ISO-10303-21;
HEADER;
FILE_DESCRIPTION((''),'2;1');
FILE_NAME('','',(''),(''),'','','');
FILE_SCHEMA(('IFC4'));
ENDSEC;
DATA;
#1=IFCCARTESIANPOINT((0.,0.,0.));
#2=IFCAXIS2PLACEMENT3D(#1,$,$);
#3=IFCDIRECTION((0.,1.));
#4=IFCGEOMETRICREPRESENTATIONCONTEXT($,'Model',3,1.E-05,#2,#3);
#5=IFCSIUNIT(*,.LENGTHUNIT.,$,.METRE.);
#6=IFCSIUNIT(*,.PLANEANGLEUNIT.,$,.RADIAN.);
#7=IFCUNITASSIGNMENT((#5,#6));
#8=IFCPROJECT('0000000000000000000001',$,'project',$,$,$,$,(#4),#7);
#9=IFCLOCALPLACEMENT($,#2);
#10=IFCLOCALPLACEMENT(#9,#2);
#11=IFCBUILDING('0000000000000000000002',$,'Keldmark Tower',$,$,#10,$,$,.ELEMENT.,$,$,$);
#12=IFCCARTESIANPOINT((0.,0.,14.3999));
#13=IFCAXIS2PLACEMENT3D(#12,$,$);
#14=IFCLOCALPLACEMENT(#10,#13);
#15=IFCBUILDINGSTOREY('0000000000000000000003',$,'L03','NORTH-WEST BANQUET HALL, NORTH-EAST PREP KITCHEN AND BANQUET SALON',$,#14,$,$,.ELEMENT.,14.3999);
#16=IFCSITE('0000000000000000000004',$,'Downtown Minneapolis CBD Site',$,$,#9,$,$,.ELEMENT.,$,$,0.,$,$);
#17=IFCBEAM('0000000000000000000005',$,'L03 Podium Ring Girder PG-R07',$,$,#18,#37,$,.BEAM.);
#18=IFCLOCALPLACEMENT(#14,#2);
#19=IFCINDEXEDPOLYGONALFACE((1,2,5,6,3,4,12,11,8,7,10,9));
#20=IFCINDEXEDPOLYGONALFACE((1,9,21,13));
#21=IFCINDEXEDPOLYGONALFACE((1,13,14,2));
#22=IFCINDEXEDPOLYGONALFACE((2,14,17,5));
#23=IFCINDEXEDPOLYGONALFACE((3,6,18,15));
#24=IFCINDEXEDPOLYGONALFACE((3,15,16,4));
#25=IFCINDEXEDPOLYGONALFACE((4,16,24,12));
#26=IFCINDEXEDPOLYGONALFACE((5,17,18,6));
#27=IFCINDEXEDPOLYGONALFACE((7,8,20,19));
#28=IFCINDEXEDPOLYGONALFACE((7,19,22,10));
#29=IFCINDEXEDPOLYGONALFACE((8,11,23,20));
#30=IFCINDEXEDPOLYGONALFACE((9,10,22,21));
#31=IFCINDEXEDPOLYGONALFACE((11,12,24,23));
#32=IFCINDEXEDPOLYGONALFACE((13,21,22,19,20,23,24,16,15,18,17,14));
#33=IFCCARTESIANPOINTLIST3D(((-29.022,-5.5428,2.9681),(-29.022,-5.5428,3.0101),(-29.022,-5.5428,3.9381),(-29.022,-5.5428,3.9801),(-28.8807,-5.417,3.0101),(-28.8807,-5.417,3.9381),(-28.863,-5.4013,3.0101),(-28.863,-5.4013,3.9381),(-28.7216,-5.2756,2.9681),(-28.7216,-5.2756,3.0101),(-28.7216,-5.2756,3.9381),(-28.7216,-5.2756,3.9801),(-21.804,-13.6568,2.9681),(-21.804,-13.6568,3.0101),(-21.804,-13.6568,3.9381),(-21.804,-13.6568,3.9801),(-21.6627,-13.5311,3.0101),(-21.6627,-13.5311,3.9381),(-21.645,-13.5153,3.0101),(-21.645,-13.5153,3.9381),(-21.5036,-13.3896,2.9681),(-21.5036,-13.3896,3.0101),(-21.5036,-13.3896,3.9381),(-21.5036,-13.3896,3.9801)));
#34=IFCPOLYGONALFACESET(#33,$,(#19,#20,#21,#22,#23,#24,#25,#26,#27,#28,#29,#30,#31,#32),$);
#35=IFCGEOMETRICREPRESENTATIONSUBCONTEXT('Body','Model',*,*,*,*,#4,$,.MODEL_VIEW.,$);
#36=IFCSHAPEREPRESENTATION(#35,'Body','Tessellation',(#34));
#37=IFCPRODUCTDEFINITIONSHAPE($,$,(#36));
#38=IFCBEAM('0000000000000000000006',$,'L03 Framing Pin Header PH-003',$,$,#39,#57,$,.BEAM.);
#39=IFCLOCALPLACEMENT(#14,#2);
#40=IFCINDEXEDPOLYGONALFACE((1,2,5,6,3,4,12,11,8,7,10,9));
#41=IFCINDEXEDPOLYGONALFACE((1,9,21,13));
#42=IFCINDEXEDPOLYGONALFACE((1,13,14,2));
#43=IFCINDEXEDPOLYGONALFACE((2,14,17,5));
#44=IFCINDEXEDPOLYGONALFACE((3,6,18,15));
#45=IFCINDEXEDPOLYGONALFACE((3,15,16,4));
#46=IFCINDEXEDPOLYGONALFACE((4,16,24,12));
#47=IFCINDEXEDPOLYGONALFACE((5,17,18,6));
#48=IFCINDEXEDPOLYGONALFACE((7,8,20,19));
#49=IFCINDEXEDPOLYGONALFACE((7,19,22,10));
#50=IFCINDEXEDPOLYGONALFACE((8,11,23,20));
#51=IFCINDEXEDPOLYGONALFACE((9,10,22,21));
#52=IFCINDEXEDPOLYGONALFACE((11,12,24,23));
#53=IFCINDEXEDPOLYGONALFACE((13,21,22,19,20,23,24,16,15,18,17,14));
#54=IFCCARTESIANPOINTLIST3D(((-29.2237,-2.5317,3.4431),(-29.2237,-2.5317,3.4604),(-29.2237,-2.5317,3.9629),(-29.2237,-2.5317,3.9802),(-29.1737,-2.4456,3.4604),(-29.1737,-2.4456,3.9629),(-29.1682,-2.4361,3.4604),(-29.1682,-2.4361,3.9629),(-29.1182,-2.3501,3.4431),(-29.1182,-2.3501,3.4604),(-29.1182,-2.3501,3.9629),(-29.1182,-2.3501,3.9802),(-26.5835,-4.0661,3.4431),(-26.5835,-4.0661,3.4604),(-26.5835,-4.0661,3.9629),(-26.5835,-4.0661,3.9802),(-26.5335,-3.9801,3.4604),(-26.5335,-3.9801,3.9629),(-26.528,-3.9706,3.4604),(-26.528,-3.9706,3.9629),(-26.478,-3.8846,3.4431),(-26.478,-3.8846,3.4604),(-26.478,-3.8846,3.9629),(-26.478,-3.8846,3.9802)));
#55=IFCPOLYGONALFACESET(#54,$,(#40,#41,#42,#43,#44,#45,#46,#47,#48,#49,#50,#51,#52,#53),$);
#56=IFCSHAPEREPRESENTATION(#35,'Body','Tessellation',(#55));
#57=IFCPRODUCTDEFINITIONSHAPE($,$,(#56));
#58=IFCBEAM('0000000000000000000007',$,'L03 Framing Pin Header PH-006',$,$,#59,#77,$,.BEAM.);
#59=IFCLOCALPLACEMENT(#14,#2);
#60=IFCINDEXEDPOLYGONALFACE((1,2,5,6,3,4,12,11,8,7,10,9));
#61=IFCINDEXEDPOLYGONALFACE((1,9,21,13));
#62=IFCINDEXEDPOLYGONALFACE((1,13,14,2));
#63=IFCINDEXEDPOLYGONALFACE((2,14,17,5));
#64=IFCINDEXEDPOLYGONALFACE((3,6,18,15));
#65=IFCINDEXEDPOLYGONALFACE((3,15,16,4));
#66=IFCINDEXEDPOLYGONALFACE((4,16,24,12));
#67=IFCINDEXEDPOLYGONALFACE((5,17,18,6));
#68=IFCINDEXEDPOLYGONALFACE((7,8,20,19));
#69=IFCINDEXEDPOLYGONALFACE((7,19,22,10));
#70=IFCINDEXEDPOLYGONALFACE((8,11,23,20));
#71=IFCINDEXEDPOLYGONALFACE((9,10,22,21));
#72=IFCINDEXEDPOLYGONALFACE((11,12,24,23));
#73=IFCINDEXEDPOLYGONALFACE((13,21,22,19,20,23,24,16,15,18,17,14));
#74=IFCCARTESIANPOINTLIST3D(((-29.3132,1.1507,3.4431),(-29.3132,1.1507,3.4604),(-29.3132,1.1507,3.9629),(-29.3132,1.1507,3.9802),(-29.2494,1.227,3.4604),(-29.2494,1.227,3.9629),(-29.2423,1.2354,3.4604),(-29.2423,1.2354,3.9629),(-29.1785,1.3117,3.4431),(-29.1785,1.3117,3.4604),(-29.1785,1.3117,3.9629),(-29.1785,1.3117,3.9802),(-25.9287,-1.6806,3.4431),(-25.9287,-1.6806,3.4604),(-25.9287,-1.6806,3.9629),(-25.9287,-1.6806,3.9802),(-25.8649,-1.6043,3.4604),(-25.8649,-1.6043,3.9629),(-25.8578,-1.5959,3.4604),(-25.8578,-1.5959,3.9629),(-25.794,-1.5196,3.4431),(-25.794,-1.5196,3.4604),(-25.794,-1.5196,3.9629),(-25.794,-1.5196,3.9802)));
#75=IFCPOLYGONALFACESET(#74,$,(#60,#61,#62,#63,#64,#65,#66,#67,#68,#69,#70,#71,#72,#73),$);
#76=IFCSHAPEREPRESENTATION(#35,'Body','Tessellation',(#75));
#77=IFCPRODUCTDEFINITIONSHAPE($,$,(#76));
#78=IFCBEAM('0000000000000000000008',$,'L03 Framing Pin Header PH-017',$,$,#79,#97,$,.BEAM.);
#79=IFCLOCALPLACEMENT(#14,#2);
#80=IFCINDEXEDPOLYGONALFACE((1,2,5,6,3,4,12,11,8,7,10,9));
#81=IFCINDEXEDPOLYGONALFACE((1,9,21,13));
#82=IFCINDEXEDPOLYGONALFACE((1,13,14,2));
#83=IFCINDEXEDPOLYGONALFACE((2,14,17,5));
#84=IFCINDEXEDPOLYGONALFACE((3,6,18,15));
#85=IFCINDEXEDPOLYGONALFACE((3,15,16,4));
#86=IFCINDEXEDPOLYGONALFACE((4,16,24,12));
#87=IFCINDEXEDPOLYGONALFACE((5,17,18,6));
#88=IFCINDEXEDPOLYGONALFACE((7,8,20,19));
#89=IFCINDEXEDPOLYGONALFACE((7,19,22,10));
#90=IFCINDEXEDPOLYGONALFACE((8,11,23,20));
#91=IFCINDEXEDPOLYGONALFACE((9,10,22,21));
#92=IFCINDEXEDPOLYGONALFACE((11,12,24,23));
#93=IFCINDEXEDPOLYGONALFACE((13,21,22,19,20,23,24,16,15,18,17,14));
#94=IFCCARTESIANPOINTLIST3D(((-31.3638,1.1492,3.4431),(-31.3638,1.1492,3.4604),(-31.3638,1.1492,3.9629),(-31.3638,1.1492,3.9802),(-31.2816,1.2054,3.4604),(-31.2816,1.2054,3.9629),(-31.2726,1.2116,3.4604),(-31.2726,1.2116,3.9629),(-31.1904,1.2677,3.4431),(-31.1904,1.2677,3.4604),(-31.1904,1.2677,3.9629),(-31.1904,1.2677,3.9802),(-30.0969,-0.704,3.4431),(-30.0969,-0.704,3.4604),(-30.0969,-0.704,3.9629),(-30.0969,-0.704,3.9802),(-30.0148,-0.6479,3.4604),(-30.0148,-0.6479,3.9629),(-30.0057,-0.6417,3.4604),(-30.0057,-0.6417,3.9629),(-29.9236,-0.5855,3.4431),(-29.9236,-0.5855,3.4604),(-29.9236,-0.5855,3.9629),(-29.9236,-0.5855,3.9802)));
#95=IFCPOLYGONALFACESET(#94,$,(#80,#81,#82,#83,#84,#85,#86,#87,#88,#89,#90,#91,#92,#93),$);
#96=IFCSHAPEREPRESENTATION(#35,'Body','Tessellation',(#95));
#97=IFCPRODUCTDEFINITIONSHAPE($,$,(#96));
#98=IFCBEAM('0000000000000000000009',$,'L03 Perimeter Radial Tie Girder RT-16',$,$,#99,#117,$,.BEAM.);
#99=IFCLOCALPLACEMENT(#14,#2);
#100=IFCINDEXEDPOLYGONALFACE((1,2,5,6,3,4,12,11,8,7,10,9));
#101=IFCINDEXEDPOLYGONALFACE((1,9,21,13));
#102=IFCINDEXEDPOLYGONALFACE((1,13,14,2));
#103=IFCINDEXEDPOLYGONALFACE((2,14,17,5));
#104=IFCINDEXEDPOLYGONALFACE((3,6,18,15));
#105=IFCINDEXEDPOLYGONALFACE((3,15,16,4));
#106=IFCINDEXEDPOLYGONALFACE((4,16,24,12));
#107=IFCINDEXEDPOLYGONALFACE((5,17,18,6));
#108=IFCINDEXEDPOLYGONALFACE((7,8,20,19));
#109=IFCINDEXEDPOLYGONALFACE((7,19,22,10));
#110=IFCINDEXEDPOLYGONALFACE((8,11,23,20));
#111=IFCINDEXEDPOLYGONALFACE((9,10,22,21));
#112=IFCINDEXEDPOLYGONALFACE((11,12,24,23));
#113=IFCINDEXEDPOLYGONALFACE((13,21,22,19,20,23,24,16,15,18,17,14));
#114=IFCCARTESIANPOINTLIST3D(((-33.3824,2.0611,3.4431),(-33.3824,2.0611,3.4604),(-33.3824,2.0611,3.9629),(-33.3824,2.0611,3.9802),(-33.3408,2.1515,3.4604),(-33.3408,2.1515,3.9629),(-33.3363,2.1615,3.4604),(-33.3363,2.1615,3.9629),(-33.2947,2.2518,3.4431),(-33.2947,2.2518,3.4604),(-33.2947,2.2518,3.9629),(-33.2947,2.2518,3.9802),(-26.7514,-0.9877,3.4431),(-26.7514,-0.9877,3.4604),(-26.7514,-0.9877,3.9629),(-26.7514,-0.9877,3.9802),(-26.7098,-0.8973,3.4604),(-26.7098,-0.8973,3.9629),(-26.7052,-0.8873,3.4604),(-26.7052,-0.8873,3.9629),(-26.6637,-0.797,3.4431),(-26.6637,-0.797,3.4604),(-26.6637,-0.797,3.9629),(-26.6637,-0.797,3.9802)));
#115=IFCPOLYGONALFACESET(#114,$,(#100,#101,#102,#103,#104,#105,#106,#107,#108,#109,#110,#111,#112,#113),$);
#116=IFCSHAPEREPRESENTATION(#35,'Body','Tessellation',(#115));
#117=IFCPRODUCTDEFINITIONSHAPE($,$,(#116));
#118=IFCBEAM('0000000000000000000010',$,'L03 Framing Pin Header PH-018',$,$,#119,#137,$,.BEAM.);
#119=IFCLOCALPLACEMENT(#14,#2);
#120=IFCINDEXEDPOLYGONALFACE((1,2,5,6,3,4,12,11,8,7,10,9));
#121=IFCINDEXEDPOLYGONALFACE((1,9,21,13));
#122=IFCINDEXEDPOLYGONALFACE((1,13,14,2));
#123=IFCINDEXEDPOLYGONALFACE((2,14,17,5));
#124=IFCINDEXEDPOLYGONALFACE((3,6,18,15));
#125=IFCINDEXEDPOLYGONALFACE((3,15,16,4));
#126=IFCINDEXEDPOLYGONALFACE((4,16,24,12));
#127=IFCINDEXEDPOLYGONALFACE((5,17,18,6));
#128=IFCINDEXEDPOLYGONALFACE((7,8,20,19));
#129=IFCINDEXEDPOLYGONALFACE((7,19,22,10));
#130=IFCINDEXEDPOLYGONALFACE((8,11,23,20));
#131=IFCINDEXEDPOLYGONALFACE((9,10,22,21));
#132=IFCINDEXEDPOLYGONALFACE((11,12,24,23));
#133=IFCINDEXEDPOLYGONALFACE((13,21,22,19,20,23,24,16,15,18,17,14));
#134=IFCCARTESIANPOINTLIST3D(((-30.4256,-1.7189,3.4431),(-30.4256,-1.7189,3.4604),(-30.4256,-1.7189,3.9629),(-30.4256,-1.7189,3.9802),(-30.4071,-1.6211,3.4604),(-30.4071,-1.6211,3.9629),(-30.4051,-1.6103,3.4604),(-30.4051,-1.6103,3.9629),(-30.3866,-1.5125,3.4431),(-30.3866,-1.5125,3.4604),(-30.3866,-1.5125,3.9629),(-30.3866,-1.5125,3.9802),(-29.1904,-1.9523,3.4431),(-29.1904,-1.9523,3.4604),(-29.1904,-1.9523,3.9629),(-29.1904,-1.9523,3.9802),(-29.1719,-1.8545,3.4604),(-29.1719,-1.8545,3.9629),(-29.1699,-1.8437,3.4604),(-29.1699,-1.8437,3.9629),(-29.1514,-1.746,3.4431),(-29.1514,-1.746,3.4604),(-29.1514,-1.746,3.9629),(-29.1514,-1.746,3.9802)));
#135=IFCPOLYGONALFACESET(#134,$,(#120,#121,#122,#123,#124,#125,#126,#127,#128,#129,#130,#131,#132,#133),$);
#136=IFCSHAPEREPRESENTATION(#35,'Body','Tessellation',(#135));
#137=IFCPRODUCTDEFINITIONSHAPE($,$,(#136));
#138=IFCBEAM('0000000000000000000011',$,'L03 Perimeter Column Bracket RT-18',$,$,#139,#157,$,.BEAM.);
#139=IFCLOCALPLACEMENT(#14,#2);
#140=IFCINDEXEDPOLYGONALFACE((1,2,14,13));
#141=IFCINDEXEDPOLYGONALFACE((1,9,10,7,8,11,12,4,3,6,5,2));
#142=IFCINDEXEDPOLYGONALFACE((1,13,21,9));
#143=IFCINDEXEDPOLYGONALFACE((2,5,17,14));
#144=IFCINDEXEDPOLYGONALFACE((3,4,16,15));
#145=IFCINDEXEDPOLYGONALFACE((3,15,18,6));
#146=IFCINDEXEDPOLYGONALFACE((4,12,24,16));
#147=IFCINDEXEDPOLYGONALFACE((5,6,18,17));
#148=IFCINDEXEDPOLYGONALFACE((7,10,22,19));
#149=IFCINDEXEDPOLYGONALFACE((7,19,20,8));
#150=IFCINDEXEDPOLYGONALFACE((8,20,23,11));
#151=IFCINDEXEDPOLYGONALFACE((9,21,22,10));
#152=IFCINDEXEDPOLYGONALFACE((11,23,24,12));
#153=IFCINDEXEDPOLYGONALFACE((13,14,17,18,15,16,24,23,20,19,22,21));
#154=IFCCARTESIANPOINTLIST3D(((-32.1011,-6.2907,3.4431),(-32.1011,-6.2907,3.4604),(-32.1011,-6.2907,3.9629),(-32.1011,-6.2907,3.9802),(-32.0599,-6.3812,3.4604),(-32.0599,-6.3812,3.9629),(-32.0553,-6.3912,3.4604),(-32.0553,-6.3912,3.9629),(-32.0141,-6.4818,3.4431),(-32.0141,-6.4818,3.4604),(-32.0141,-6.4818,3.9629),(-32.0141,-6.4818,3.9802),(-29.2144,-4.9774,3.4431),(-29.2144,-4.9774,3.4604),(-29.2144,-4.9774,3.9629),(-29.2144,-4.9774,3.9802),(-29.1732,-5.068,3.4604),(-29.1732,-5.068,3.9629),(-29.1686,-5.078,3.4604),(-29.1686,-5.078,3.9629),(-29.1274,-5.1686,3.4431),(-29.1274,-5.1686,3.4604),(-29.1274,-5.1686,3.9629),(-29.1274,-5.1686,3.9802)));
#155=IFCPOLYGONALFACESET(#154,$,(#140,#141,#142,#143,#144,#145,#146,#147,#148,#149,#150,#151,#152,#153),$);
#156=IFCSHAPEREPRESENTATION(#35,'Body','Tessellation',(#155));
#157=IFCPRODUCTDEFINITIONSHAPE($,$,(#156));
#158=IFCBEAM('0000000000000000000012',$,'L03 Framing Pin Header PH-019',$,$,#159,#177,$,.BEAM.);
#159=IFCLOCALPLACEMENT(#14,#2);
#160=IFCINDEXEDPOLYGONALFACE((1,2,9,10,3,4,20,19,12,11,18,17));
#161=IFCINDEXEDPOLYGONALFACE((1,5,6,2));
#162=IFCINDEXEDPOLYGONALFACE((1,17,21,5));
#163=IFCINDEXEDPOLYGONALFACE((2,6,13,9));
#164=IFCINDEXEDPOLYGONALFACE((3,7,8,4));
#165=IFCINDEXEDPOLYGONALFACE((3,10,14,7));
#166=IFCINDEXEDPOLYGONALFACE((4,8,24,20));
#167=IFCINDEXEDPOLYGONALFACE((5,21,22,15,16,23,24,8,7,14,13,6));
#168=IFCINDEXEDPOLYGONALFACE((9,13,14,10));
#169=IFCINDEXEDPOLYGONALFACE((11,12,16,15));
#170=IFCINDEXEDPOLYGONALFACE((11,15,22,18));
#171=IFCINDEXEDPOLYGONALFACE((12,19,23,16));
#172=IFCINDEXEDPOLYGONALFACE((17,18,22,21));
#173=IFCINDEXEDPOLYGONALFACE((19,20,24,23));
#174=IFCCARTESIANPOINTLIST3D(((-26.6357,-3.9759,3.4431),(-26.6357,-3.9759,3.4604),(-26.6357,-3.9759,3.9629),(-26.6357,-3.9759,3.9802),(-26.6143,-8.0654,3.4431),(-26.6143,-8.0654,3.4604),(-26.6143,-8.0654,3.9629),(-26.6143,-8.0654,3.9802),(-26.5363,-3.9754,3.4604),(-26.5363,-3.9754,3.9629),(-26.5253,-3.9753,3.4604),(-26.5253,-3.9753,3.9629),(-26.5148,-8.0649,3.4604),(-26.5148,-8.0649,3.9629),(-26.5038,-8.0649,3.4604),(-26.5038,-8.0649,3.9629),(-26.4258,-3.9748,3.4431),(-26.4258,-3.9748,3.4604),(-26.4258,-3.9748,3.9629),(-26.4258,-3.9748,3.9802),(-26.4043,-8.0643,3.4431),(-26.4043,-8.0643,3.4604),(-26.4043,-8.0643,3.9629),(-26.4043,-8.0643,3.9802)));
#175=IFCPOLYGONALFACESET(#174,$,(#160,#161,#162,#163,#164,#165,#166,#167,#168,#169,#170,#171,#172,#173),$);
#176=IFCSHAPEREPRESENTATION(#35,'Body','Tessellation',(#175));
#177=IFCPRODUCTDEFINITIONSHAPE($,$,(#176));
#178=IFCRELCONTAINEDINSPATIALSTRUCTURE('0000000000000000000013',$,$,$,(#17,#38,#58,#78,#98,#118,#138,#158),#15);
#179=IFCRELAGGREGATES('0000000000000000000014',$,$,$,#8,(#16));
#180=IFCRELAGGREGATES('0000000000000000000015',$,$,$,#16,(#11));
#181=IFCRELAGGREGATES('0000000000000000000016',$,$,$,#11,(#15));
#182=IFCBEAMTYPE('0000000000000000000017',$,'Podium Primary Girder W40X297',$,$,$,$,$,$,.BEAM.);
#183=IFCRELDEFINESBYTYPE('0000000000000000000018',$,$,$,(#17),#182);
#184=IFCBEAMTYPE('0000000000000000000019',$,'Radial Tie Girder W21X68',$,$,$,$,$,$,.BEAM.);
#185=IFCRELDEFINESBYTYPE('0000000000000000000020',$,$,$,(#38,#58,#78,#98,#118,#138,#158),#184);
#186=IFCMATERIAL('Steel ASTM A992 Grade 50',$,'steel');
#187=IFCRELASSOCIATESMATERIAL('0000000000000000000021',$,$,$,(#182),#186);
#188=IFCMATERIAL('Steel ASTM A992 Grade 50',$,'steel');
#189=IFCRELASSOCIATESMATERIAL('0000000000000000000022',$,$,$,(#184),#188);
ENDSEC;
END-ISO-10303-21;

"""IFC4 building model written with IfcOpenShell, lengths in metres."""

from ifc_helpers import new_model, si_unit, direction, frame, origin, origin_2d, place, context, subcontext, project, spatial, i_section, extrude, material, material_profile, profile_set, type_object, element, save


model = new_model("IFC4")

# Units and contexts
model_context = context("Model", 3, precision=1e-05, world=origin(), true_north=direction((0.0, 1.0)))
body_context = subcontext(model_context, "Body", "Model", "MODEL_VIEW")
ifc_project = project(units=[si_unit("LENGTHUNIT", "METRE"), si_unit("PLANEANGLEUNIT", "RADIAN")], contexts=[model_context])

# Site, building, storey
site_placement = place(None, origin())
site = spatial("IfcSite", under=ifc_project, at=site_placement, Name="Downtown Minneapolis CBD Site", CompositionType="ELEMENT", RefElevation=0.0)
building_placement = place(site_placement, origin())
building = spatial("IfcBuilding", under=site, at=building_placement, Name="Keldmark Tower", CompositionType="ELEMENT")
storey_placement = place(building_placement, frame((0.0, 0.0, 14.3999)))
storey = spatial("IfcBuildingStorey", under=building, at=storey_placement, Name="L03", Description="NORTH-WEST BANQUET HALL, NORTH-EAST PREP KITCHEN AND BANQUET SALON", CompositionType="ELEMENT", Elevation=14.3999)

# Beams
ifc_material_1 = material(Name="Steel ASTM A992 Grade 50", Category="steel")
ifc_material_profile_1 = material_profile(ifc_material_1, i_section(OverallWidth=0.4021, OverallDepth=1.012, WebThickness=0.0237, FlangeThickness=0.042, at=origin_2d()), Name="W40X297")
ifc_profile_set_1 = profile_set([ifc_material_profile_1], Name="Steel ASTM A992 Grade 50")
beam_type_1 = type_object("IfcBeamType", Name="Podium Primary Girder W40X297", PredefinedType="BEAM", material=ifc_profile_set_1)
beam_1_placement = place(storey_placement, frame((-28.8718, -5.4092, 3.4741), z_axis=(0.66465, -0.747155, 0.0), x_axis=(0.747155, 0.66465, 0.0)))
element("IfcBeam", 1, at=beam_1_placement, inside=storey, type_object=beam_type_1, Name="L03 Podium Ring Girder PG-R07", PredefinedType="BEAM", context=body_context, shape_type="SweptSolid", body=[
    extrude(i_section(OverallWidth=0.4021, OverallDepth=1.012, WebThickness=0.0237, FlangeThickness=0.042, at=origin_2d()), origin(), (0.0, 0.0, 1.0), 10.8599),
])
ifc_material_2 = material(Name="Steel ASTM A992 Grade 50", Category="steel")
ifc_material_profile_2 = material_profile(ifc_material_2, i_section(OverallWidth=0.21, OverallDepth=0.5371, WebThickness=0.011, FlangeThickness=0.0173, at=origin_2d()), Name="W21X68")
ifc_profile_set_2 = profile_set([ifc_material_profile_2], Name="Steel ASTM A992 Grade 50")
beam_type_2 = type_object("IfcBeamType", Name="Radial Tie Girder W21X68", PredefinedType="BEAM", material=ifc_profile_set_2)
beam_2_placement = place(storey_placement, frame((-26.5308, -3.9753, 3.7117), z_axis=(-0.864584, 0.502488, 0.0), x_axis=(-0.502488, -0.864584, 0.0)))
element("IfcBeam", 2, at=beam_2_placement, inside=storey, type_object=beam_type_2, Name="L03 Framing Pin Header PH-003", PredefinedType="BEAM", context=body_context, shape_type="SweptSolid", body=[
    extrude(i_section(OverallWidth=0.21, OverallDepth=0.5371, WebThickness=0.011, FlangeThickness=0.0173, at=origin_2d()), origin(), (0.0, 0.0, 1.0), 3.0537),
])
beam_3_placement = place(storey_placement, frame((-25.8613, -1.6001, 3.7117), z_axis=(-0.767009, 0.641636, 0.0), x_axis=(-0.641636, -0.767009, 0.0)))
element("IfcBeam", 3, at=beam_3_placement, inside=storey, type_object=beam_type_2, Name="L03 Framing Pin Header PH-006", PredefinedType="BEAM", context=body_context, shape_type="SweptSolid", body=[
    extrude(i_section(OverallWidth=0.21, OverallDepth=0.5371, WebThickness=0.011, FlangeThickness=0.0173, at=origin_2d()), origin(), (0.0, 0.0, 1.0), 4.4126),
])
beam_4_placement = place(storey_placement, frame((-30.0103, -0.6448, 3.7117), z_axis=(-0.564325, 0.825553, 0.0), x_axis=(-0.825553, -0.564325, 0.0)))
element("IfcBeam", 4, at=beam_4_placement, inside=storey, type_object=beam_type_2, Name="L03 Framing Pin Header PH-017", PredefinedType="BEAM", context=body_context, shape_type="SweptSolid", body=[
    extrude(i_section(OverallWidth=0.21, OverallDepth=0.5371, WebThickness=0.011, FlangeThickness=0.0173, at=origin_2d()), origin(), (0.0, 0.0, 1.0), 2.2449),
])
beam_5_placement = place(storey_placement, frame((-26.7075, -0.8923, 3.7117), z_axis=(-0.908567, 0.417738, 0.0), x_axis=(-0.417738, -0.908567, 0.0)))
element("IfcBeam", 5, at=beam_5_placement, inside=storey, type_object=beam_type_2, Name="L03 Perimeter Radial Tie Girder RT-16", PredefinedType="BEAM", context=body_context, shape_type="SweptSolid", body=[
    extrude(i_section(OverallWidth=0.21, OverallDepth=0.5371, WebThickness=0.011, FlangeThickness=0.0173, at=origin_2d()), origin(), (0.0, 0.0, 1.0), 7.2983),
])
beam_6_placement = place(storey_placement, frame((-29.1709, -1.8491, 3.7117), z_axis=(-0.98261, 0.185684, 0.0), x_axis=(-0.185684, -0.98261, 0.0)))
element("IfcBeam", 6, at=beam_6_placement, inside=storey, type_object=beam_type_2, Name="L03 Framing Pin Header PH-018", PredefinedType="BEAM", context=body_context, shape_type="SweptSolid", body=[
    extrude(i_section(OverallWidth=0.21, OverallDepth=0.5371, WebThickness=0.011, FlangeThickness=0.0173, at=origin_2d()), origin(), (0.0, 0.0, 1.0), 1.2571),
])
beam_7_placement = place(storey_placement, frame((-29.1709, -5.073, 3.7117), z_axis=(-0.910237, -0.414087, 0.0), x_axis=(0.414087, -0.910237, 0.0)))
element("IfcBeam", 7, at=beam_7_placement, inside=storey, type_object=beam_type_2, Name="L03 Perimeter Column Bracket RT-18", PredefinedType="BEAM", context=body_context, shape_type="SweptSolid", body=[
    extrude(i_section(OverallWidth=0.21, OverallDepth=0.5371, WebThickness=0.011, FlangeThickness=0.0173, at=origin_2d()), origin(), (0.0, 0.0, 1.0), 3.1714),
])
beam_8_placement = place(storey_placement, frame((-26.5308, -3.9753, 3.7117), z_axis=(0.005253, -0.999986, 0.0), x_axis=(0.999986, 0.005253, 0.0)))
element("IfcBeam", 8, at=beam_8_placement, inside=storey, type_object=beam_type_2, Name="L03 Framing Pin Header PH-019", PredefinedType="BEAM", context=body_context, shape_type="SweptSolid", body=[
    extrude(i_section(OverallWidth=0.21, OverallDepth=0.5371, WebThickness=0.011, FlangeThickness=0.0173, at=origin_2d()), origin(), (0.0, 0.0, 1.0), 4.0896),
])

save(model, "model.ifc")
